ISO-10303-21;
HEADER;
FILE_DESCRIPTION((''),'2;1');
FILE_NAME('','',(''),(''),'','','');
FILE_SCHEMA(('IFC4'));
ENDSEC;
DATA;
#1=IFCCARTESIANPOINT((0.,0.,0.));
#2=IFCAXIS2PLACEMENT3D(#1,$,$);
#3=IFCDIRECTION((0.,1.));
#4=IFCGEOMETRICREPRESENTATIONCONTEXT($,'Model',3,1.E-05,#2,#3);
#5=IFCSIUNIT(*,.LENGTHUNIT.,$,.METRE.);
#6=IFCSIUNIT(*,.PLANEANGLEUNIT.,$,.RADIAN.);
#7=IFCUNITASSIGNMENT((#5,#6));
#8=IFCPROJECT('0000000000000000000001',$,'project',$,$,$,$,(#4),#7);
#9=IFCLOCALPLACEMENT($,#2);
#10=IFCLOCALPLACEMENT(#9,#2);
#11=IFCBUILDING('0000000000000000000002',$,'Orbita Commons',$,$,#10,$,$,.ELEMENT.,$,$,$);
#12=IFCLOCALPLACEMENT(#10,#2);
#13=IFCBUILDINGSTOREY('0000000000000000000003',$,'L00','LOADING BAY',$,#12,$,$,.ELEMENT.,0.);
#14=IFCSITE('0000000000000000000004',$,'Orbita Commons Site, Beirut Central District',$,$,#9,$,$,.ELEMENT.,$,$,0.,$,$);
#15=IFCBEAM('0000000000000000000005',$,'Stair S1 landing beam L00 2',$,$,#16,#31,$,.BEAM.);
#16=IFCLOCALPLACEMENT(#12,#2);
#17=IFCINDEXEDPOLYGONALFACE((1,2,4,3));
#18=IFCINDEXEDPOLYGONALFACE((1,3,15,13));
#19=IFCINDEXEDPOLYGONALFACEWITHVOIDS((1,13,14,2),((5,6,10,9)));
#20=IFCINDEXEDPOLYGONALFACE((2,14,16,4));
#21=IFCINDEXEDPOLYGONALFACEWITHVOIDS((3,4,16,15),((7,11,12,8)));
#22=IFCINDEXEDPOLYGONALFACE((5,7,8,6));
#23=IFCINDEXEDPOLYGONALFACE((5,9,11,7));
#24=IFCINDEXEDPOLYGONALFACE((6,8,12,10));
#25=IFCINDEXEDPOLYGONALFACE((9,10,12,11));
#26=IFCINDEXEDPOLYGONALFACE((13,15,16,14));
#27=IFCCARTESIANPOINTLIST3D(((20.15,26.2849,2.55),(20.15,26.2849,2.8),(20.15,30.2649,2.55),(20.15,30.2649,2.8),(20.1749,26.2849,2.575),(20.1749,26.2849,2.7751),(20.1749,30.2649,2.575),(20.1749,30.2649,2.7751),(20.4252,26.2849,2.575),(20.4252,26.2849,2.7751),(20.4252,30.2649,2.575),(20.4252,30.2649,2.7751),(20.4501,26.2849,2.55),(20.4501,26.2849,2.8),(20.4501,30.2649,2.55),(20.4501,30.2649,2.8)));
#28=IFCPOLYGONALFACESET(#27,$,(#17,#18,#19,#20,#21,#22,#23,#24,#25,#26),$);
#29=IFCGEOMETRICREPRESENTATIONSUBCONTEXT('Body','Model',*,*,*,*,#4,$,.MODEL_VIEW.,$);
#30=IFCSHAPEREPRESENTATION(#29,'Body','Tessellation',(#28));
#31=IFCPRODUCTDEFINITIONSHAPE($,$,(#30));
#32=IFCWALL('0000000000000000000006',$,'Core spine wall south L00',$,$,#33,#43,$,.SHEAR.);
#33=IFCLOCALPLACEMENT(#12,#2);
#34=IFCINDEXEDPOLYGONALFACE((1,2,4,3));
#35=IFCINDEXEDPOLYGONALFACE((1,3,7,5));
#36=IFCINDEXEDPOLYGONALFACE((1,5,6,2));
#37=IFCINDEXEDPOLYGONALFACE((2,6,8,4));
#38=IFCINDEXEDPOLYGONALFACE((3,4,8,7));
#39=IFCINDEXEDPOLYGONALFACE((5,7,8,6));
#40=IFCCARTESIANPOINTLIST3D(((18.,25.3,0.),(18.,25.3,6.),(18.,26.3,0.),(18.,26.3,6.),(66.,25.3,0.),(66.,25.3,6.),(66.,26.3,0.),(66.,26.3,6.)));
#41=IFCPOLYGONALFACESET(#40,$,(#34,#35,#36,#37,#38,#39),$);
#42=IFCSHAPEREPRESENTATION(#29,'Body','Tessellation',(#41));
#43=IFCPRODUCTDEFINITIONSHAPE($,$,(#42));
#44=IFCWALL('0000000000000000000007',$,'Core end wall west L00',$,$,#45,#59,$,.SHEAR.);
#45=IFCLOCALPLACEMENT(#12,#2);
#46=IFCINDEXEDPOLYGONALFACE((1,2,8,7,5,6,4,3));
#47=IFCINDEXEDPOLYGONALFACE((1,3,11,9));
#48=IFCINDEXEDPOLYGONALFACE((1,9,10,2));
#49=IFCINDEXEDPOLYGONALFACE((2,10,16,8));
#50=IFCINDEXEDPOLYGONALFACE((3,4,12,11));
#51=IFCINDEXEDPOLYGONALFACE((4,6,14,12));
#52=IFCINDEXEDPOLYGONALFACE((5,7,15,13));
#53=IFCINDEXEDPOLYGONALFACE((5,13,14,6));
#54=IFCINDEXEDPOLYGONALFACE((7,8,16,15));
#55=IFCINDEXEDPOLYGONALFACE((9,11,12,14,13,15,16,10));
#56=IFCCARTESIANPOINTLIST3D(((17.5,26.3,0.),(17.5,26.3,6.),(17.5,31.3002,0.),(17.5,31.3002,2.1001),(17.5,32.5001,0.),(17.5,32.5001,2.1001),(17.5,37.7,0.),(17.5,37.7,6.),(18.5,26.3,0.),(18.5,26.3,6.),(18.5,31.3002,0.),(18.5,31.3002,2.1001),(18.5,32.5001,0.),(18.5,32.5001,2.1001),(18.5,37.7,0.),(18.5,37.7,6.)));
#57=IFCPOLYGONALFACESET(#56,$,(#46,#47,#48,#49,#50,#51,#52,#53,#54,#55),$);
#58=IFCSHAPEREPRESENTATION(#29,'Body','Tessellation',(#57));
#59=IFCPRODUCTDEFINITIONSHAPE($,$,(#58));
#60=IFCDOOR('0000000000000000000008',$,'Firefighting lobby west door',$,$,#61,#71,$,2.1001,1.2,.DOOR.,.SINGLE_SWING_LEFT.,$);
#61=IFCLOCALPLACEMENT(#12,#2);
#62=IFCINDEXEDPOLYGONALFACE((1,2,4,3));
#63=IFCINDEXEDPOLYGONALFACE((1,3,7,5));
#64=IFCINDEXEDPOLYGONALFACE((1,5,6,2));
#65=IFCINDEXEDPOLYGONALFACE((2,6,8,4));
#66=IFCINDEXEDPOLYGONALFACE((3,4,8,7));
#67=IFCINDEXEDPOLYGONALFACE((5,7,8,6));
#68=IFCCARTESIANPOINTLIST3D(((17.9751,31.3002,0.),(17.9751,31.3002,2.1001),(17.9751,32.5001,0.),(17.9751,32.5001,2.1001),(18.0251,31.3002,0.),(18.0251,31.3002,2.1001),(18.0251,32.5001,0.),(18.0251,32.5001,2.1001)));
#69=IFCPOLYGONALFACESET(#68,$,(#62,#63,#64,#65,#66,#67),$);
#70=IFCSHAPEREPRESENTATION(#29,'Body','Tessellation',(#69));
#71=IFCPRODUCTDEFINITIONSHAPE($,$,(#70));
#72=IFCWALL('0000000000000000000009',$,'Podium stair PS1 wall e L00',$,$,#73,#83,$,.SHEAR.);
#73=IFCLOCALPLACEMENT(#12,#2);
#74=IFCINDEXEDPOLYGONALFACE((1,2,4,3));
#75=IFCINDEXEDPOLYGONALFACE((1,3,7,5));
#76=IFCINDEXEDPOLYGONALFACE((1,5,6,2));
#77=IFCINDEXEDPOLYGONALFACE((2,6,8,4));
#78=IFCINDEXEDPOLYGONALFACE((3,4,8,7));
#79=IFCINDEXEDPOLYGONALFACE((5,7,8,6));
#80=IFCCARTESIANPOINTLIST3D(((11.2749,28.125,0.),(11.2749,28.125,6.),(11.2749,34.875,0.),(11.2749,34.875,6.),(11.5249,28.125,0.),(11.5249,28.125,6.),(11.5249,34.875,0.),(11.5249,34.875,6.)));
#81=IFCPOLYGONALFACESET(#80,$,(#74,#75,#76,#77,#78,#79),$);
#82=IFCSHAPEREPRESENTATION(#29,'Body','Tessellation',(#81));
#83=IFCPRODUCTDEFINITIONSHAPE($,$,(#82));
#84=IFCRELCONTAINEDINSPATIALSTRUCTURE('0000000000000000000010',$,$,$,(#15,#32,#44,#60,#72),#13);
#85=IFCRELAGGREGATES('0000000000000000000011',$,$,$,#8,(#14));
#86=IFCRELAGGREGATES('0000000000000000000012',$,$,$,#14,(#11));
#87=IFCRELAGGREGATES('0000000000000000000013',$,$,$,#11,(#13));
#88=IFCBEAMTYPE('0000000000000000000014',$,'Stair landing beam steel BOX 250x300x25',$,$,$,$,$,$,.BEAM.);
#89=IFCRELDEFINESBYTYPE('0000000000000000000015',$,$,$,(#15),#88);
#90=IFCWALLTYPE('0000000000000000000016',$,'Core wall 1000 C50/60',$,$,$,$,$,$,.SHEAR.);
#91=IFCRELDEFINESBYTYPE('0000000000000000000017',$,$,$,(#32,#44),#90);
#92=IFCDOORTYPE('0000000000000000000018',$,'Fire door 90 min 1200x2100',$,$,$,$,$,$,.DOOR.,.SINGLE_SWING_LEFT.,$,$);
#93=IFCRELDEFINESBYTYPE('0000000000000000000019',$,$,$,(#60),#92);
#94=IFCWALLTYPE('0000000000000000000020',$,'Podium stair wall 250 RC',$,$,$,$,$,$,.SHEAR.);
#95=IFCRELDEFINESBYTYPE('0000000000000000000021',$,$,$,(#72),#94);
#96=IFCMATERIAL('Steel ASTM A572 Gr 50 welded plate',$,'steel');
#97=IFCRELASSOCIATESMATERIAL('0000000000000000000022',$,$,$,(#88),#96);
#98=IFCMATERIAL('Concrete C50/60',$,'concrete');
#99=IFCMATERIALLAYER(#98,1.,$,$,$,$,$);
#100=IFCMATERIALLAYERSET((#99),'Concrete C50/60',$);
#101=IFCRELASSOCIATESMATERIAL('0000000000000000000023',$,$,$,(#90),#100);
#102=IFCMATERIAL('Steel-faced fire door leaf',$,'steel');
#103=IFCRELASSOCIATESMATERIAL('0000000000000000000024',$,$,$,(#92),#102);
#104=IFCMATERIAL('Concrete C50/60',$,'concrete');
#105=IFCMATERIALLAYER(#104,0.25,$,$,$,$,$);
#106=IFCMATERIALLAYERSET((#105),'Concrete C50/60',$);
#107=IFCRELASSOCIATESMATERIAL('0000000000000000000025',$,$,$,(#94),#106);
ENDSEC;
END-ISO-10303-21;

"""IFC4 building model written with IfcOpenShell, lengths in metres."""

from ifc_helpers import new_model, si_unit, direction, frame, frame_2d, origin, origin_2d, place, context, subcontext, project, spatial, rectangle, hollow_rectangle, extrude, material, layer, layer_set, material_profile, profile_set, type_object, element, fill, save


model = new_model("IFC4")

# Units and contexts
model_context = context("Model", 3, precision=1e-05, world=origin(), true_north=direction((0.0, 1.0)))
body_context = subcontext(model_context, "Body", "Model", "MODEL_VIEW")
ifc_project = project(units=[si_unit("LENGTHUNIT", "METRE"), si_unit("PLANEANGLEUNIT", "RADIAN")], contexts=[model_context])

# Site, building, storey
site_placement = place(None, origin())
site = spatial("IfcSite", under=ifc_project, at=site_placement, Name="Orbita Commons Site, Beirut Central District", CompositionType="ELEMENT", RefElevation=0.0)
building_placement = place(site_placement, origin())
building = spatial("IfcBuilding", under=site, at=building_placement, Name="Orbita Commons", CompositionType="ELEMENT")
storey_placement = place(building_placement, origin())
storey = spatial("IfcBuildingStorey", under=building, at=storey_placement, Name="L00", Description="LOADING BAY", CompositionType="ELEMENT", Elevation=0.0)

# Beam
ifc_material_1 = material(Name="Steel ASTM A572 Gr 50 welded plate", Category="steel")
ifc_material_profile = material_profile(ifc_material_1, hollow_rectangle(XDim=0.3, YDim=0.25, WallThickness=0.0249, at=origin_2d()), Name="BOX 250x300x25")
ifc_profile_set = profile_set([ifc_material_profile], Name="Steel ASTM A572 Gr 50 welded plate")
beam_type = type_object("IfcBeamType", Name="Stair landing beam steel BOX 250x300x25", PredefinedType="BEAM", material=ifc_profile_set)
beam_placement = place(storey_placement, frame((20.3, 26.2849, 2.675), z_axis=(0.0, 1.0, 0.0), x_axis=(-1.0, 0.0, 0.0)))
element("IfcBeam", 1, at=beam_placement, inside=storey, type_object=beam_type, Name="Stair S1 landing beam L00 2", PredefinedType="BEAM", context=body_context, shape_type="SweptSolid", body=[
    extrude(hollow_rectangle(XDim=0.3, YDim=0.25, WallThickness=0.0249, at=origin_2d()), origin(), (0.0, 0.0, 1.0), 3.98),
])

# Wall
ifc_material_2 = material(Name="Concrete C50/60", Category="concrete")
ifc_layer_1 = layer(ifc_material_2, 1.0)
ifc_layer_set_1 = layer_set([ifc_layer_1], Name="Concrete C50/60")
wall_type_1 = type_object("IfcWallType", Name="Core wall 1000 C50/60", PredefinedType="SHEAR", material=ifc_layer_set_1)
wall_1_placement = place(storey_placement, frame((18.0, 25.8, 0.0), z_axis=(0.0, 0.0, 1.0), x_axis=(1.0, 0.0, 0.0)))
element("IfcWall", 2, at=wall_1_placement, inside=storey, type_object=wall_type_1, Name="Core spine wall south L00", PredefinedType="SHEAR", context=body_context, shape_type="SweptSolid", body=[
    extrude(rectangle(XDim=48.0, YDim=1.0, at=frame_2d((24.0, 0.0))), origin(), (0.0, 0.0, 1.0), 6.0),
])

# Wall, opening, door
wall_2_placement = place(storey_placement, frame((18.0, 26.3, 0.0), z_axis=(0.0, 0.0, 1.0), x_axis=(0.0, 1.0, 0.0)))
wall_2 = element("IfcWall", 3, at=wall_2_placement, inside=storey, type_object=wall_type_1, Name="Core end wall west L00", PredefinedType="SHEAR", context=body_context, shape_type="SweptSolid", body=[
    extrude(rectangle(XDim=11.3999, YDim=1.0, at=frame_2d((5.7, 0.0))), origin(), (0.0, 0.0, 1.0), 6.0),
])
opening_1_placement = place(wall_2_placement, frame((5.0, 0.0, 0.0)))
opening_1 = element("IfcOpeningElement", 4, at=opening_1_placement, cuts=wall_2, PredefinedType="OPENING", context=body_context, shape_type="SweptSolid", body=[
    extrude(rectangle(XDim=1.2, YDim=2.1001, at=frame_2d((0.6001, 1.05))), frame((0.0, 0.51, 0.0), z_axis=(0.0, -1.0, 0.0), x_axis=(1.0, 0.0, 0.0)), (0.0, 0.0, 1.0), 1.02),
])
ifc_material_3 = material(Name="Steel-faced fire door leaf", Category="steel")
door_type_1 = type_object("IfcDoorType", Name="Fire door 90 min 1200x2100", OperationType="SINGLE_SWING_LEFT", PredefinedType="DOOR", material=ifc_material_3)
door_1_placement = place(opening_1_placement, origin())
door_1 = element("IfcDoor", 5, at=door_1_placement, inside=storey, type_object=door_type_1, Name="Firefighting lobby west door", OperationType="SINGLE_SWING_LEFT", OverallHeight=2.1001, OverallWidth=1.2, PredefinedType="DOOR", context=body_context, shape_type="SweptSolid", body=[
    extrude(rectangle(XDim=1.2, YDim=2.1001, at=frame_2d((0.6001, 1.05))), frame((0.0, 0.0249, 0.0), z_axis=(0.0, -1.0, 0.0), x_axis=(1.0, 0.0, 0.0)), (0.0, 0.0, 1.0), 0.05),
])
fill(opening_1, door_1)

# Wall
ifc_material_4 = material(Name="Concrete C50/60", Category="concrete")
ifc_layer_2 = layer(ifc_material_4, 0.25)
ifc_layer_set_2 = layer_set([ifc_layer_2], Name="Concrete C50/60")
wall_type_2 = type_object("IfcWallType", Name="Podium stair wall 250 RC", PredefinedType="SHEAR", material=ifc_layer_set_2)
wall_3_placement = place(storey_placement, frame((11.3999, 28.125, 0.0), z_axis=(0.0, 0.0, 1.0), x_axis=(0.0, 1.0, 0.0)))
element("IfcWall", 6, at=wall_3_placement, inside=storey, type_object=wall_type_2, Name="Podium stair PS1 wall e L00", PredefinedType="SHEAR", context=body_context, shape_type="SweptSolid", body=[
    extrude(rectangle(XDim=6.75, YDim=0.25, at=frame_2d((3.375, 0.0))), origin(), (0.0, 0.0, 1.0), 6.0),
])

save(model, "model.ifc")
